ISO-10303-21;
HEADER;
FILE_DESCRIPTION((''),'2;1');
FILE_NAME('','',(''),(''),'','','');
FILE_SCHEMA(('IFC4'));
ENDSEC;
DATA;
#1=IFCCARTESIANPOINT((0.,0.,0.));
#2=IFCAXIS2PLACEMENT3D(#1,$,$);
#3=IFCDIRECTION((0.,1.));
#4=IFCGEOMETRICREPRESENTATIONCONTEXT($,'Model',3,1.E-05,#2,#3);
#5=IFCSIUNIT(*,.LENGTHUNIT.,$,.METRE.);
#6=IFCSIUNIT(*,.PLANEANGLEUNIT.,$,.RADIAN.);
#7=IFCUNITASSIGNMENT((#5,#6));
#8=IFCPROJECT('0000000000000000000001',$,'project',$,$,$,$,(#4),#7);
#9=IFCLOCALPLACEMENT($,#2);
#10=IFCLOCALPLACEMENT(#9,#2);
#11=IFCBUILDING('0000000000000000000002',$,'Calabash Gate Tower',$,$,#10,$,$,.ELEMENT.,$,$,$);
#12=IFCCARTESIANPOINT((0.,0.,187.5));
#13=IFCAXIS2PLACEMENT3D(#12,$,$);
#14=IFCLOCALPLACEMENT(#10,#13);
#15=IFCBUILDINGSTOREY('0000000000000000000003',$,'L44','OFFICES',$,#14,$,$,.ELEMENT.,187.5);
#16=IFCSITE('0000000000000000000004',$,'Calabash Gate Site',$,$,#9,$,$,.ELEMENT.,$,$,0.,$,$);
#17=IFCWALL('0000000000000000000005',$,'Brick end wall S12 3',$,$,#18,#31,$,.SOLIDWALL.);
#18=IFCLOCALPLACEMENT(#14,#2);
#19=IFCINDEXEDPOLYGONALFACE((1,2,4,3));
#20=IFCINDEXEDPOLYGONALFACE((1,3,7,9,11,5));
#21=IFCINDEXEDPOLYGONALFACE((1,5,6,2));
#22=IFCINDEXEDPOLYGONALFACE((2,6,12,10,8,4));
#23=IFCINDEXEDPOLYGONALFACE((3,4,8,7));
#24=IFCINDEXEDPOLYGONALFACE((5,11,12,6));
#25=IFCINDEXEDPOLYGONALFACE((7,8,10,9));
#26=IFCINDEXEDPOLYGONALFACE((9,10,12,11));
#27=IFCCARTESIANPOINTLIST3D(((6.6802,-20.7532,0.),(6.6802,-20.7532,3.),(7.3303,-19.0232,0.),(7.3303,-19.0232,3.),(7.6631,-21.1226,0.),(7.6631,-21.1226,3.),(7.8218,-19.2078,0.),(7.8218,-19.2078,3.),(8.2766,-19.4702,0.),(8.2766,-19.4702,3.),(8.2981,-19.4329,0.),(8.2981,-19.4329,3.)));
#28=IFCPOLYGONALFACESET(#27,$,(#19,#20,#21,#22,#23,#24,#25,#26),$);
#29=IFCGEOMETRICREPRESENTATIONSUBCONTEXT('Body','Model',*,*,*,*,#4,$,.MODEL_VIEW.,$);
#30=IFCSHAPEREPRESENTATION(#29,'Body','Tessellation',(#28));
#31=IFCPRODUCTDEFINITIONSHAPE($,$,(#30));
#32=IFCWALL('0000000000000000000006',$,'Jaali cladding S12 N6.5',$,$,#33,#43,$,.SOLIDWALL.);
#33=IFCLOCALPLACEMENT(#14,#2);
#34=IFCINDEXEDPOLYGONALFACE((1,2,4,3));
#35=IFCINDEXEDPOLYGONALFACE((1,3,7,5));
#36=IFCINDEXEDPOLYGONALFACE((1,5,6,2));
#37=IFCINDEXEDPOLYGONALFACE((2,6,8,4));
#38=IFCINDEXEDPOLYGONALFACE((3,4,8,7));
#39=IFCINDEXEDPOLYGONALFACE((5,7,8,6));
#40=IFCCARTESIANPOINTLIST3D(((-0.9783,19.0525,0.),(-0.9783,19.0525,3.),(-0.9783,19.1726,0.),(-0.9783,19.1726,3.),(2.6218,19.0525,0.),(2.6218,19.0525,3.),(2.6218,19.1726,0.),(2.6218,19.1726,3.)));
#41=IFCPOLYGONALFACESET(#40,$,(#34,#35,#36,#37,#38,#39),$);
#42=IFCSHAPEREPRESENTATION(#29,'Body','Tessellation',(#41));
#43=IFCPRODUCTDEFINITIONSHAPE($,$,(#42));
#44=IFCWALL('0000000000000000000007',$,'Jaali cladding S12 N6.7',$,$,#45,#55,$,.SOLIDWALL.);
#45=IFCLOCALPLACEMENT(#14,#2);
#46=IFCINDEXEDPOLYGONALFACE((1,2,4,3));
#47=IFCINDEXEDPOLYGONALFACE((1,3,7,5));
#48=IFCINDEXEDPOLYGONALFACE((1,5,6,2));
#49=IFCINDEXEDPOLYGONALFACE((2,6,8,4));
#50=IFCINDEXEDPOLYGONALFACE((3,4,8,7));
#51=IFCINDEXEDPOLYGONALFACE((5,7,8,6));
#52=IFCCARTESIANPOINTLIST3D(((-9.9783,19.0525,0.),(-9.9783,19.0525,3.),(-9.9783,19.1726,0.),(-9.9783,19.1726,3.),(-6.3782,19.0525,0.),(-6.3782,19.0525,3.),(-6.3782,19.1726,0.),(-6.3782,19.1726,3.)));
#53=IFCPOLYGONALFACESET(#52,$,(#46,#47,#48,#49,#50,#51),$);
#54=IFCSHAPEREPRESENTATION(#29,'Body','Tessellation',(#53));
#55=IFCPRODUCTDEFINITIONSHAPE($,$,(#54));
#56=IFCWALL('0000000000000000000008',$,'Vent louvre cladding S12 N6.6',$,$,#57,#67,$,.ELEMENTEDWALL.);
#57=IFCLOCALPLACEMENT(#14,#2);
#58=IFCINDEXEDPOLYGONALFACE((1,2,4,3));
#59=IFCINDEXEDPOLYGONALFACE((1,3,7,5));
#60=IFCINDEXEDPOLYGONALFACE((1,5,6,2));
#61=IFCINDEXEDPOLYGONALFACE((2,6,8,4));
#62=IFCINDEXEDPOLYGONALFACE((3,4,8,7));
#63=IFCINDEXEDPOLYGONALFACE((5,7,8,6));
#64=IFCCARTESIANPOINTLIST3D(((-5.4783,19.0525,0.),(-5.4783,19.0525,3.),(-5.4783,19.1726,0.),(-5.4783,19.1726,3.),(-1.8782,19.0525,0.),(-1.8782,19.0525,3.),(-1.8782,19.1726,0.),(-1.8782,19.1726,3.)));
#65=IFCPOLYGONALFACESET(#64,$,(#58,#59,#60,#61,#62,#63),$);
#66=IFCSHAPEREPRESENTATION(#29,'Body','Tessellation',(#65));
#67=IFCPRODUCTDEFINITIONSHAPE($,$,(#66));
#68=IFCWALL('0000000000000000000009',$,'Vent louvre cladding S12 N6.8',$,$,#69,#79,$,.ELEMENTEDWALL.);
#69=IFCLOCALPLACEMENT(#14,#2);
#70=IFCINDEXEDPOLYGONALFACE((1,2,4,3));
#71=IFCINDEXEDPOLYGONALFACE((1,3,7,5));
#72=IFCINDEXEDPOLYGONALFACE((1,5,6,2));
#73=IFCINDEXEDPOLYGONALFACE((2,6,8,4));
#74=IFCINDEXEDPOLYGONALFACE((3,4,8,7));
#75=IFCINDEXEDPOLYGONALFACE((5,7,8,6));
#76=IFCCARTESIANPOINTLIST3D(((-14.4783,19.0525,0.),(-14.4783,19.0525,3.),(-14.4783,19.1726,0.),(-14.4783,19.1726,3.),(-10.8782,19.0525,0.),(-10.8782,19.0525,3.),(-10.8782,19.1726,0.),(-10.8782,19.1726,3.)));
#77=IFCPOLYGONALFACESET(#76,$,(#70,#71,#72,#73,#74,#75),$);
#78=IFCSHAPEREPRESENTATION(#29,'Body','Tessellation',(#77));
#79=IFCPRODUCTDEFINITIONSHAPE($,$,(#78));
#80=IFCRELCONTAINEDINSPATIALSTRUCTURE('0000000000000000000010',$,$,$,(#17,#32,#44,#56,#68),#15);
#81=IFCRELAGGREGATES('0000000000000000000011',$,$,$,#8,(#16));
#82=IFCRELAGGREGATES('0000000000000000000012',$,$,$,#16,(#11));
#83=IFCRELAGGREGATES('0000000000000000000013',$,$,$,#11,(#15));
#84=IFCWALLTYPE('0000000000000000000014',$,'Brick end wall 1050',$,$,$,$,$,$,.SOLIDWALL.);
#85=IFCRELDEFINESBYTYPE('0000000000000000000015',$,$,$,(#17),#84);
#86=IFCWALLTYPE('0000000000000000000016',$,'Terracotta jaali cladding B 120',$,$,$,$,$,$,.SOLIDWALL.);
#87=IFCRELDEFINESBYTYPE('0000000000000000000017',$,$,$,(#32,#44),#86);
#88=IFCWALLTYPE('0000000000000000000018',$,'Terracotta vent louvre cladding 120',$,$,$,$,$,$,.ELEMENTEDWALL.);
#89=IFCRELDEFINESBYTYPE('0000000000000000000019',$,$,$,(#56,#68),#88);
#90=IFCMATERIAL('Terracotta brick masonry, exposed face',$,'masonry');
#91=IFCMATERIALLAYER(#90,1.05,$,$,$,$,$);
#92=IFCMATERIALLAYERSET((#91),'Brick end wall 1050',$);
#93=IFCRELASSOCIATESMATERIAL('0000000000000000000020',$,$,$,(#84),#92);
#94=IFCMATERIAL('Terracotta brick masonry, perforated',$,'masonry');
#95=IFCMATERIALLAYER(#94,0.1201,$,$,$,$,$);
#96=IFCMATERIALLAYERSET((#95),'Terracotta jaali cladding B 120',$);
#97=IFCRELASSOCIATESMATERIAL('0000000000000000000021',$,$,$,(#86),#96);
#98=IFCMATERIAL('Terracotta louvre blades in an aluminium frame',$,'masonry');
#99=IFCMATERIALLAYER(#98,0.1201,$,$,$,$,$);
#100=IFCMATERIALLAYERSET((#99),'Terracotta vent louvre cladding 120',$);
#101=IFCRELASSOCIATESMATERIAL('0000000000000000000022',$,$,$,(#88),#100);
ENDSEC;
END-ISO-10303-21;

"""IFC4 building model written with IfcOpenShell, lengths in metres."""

from ifc_helpers import new_model, si_unit, direction, frame, origin, place, context, subcontext, project, spatial, polyline, outline, extrude, material, layer, layer_set, type_object, element, save


model = new_model("IFC4")

# Units and contexts
model_context = context("Model", 3, precision=1e-05, world=origin(), true_north=direction((0.0, 1.0)))
body_context = subcontext(model_context, "Body", "Model", "MODEL_VIEW")
ifc_project = project(units=[si_unit("LENGTHUNIT", "METRE"), si_unit("PLANEANGLEUNIT", "RADIAN")], contexts=[model_context])

# Site, building, storey
site_placement = place(None, origin())
site = spatial("IfcSite", under=ifc_project, at=site_placement, Name="Calabash Gate Site", CompositionType="ELEMENT", RefElevation=0.0)
building_placement = place(site_placement, origin())
building = spatial("IfcBuilding", under=site, at=building_placement, Name="Calabash Gate Tower", CompositionType="ELEMENT")
storey_placement = place(building_placement, frame((0.0, 0.0, 187.5)))
storey = spatial("IfcBuildingStorey", under=building, at=storey_placement, Name="L44", Description="OFFICES", CompositionType="ELEMENT", Elevation=187.5)

# Walls
ifc_material_1 = material(Name="Terracotta brick masonry, exposed face", Category="masonry")
ifc_layer_1 = layer(ifc_material_1, 1.05)
ifc_layer_set_1 = layer_set([ifc_layer_1], Name="Brick end wall 1050")
wall_type_1 = type_object("IfcWallType", Name="Brick end wall 1050", PredefinedType="SOLIDWALL", material=ifc_layer_set_1)
wall_1_placement = place(storey_placement, origin())
element("IfcWall", 1, at=wall_1_placement, inside=storey, type_object=wall_type_1, Name="Brick end wall S12 3", PredefinedType="SOLIDWALL", context=body_context, shape_type="SweptSolid", body=[
    extrude(outline(polyline([(7.3303, -19.0232), (6.6802, -20.7532), (7.6631, -21.1226), (8.2981, -19.4329), (8.2766, -19.4702), (7.8218, -19.2078), (7.3303, -19.0232)])), origin(), (0.0, 0.0, 1.0), 3.0),
])
ifc_material_2 = material(Name="Terracotta brick masonry, perforated", Category="masonry")
ifc_layer_2 = layer(ifc_material_2, 0.1201)
ifc_layer_set_2 = layer_set([ifc_layer_2], Name="Terracotta jaali cladding B 120")
wall_type_2 = type_object("IfcWallType", Name="Terracotta jaali cladding B 120", PredefinedType="SOLIDWALL", material=ifc_layer_set_2)
wall_2_placement = place(storey_placement, origin())
element("IfcWall", 2, at=wall_2_placement, inside=storey, type_object=wall_type_2, Name="Jaali cladding S12 N6.5", PredefinedType="SOLIDWALL", context=body_context, shape_type="SweptSolid", body=[
    extrude(outline(polyline([(-0.9783, 19.1726), (-0.9783, 19.0525), (2.6218, 19.0525), (2.6218, 19.1726), (-0.9783, 19.1726)])), origin(), (0.0, 0.0, 1.0), 3.0),
])
wall_3_placement = place(storey_placement, origin())
element("IfcWall", 3, at=wall_3_placement, inside=storey, type_object=wall_type_2, Name="Jaali cladding S12 N6.7", PredefinedType="SOLIDWALL", context=body_context, shape_type="SweptSolid", body=[
    extrude(outline(polyline([(-9.9783, 19.1726), (-9.9783, 19.0525), (-6.3782, 19.0525), (-6.3782, 19.1726), (-9.9783, 19.1726)])), origin(), (0.0, 0.0, 1.0), 3.0),
])
ifc_material_3 = material(Name="Terracotta louvre blades in an aluminium frame", Category="masonry")
ifc_layer_3 = layer(ifc_material_3, 0.1201)
ifc_layer_set_3 = layer_set([ifc_layer_3], Name="Terracotta vent louvre cladding 120")
wall_type_3 = type_object("IfcWallType", Name="Terracotta vent louvre cladding 120", PredefinedType="ELEMENTEDWALL", material=ifc_layer_set_3)
wall_4_placement = place(storey_placement, origin())
element("IfcWall", 4, at=wall_4_placement, inside=storey, type_object=wall_type_3, Name="Vent louvre cladding S12 N6.6", PredefinedType="ELEMENTEDWALL", context=body_context, shape_type="SweptSolid", body=[
    extrude(outline(polyline([(-5.4783, 19.1726), (-5.4783, 19.0525), (-1.8782, 19.0525), (-1.8782, 19.1726), (-5.4783, 19.1726)])), origin(), (0.0, 0.0, 1.0), 3.0),
])
wall_5_placement = place(storey_placement, origin())
element("IfcWall", 5, at=wall_5_placement, inside=storey, type_object=wall_type_3, Name="Vent louvre cladding S12 N6.8", PredefinedType="ELEMENTEDWALL", context=body_context, shape_type="SweptSolid", body=[
    extrude(outline(polyline([(-14.4783, 19.1726), (-14.4783, 19.0525), (-10.8782, 19.0525), (-10.8782, 19.1726), (-14.4783, 19.1726)])), origin(), (0.0, 0.0, 1.0), 3.0),
])

save(model, "model.ifc")
